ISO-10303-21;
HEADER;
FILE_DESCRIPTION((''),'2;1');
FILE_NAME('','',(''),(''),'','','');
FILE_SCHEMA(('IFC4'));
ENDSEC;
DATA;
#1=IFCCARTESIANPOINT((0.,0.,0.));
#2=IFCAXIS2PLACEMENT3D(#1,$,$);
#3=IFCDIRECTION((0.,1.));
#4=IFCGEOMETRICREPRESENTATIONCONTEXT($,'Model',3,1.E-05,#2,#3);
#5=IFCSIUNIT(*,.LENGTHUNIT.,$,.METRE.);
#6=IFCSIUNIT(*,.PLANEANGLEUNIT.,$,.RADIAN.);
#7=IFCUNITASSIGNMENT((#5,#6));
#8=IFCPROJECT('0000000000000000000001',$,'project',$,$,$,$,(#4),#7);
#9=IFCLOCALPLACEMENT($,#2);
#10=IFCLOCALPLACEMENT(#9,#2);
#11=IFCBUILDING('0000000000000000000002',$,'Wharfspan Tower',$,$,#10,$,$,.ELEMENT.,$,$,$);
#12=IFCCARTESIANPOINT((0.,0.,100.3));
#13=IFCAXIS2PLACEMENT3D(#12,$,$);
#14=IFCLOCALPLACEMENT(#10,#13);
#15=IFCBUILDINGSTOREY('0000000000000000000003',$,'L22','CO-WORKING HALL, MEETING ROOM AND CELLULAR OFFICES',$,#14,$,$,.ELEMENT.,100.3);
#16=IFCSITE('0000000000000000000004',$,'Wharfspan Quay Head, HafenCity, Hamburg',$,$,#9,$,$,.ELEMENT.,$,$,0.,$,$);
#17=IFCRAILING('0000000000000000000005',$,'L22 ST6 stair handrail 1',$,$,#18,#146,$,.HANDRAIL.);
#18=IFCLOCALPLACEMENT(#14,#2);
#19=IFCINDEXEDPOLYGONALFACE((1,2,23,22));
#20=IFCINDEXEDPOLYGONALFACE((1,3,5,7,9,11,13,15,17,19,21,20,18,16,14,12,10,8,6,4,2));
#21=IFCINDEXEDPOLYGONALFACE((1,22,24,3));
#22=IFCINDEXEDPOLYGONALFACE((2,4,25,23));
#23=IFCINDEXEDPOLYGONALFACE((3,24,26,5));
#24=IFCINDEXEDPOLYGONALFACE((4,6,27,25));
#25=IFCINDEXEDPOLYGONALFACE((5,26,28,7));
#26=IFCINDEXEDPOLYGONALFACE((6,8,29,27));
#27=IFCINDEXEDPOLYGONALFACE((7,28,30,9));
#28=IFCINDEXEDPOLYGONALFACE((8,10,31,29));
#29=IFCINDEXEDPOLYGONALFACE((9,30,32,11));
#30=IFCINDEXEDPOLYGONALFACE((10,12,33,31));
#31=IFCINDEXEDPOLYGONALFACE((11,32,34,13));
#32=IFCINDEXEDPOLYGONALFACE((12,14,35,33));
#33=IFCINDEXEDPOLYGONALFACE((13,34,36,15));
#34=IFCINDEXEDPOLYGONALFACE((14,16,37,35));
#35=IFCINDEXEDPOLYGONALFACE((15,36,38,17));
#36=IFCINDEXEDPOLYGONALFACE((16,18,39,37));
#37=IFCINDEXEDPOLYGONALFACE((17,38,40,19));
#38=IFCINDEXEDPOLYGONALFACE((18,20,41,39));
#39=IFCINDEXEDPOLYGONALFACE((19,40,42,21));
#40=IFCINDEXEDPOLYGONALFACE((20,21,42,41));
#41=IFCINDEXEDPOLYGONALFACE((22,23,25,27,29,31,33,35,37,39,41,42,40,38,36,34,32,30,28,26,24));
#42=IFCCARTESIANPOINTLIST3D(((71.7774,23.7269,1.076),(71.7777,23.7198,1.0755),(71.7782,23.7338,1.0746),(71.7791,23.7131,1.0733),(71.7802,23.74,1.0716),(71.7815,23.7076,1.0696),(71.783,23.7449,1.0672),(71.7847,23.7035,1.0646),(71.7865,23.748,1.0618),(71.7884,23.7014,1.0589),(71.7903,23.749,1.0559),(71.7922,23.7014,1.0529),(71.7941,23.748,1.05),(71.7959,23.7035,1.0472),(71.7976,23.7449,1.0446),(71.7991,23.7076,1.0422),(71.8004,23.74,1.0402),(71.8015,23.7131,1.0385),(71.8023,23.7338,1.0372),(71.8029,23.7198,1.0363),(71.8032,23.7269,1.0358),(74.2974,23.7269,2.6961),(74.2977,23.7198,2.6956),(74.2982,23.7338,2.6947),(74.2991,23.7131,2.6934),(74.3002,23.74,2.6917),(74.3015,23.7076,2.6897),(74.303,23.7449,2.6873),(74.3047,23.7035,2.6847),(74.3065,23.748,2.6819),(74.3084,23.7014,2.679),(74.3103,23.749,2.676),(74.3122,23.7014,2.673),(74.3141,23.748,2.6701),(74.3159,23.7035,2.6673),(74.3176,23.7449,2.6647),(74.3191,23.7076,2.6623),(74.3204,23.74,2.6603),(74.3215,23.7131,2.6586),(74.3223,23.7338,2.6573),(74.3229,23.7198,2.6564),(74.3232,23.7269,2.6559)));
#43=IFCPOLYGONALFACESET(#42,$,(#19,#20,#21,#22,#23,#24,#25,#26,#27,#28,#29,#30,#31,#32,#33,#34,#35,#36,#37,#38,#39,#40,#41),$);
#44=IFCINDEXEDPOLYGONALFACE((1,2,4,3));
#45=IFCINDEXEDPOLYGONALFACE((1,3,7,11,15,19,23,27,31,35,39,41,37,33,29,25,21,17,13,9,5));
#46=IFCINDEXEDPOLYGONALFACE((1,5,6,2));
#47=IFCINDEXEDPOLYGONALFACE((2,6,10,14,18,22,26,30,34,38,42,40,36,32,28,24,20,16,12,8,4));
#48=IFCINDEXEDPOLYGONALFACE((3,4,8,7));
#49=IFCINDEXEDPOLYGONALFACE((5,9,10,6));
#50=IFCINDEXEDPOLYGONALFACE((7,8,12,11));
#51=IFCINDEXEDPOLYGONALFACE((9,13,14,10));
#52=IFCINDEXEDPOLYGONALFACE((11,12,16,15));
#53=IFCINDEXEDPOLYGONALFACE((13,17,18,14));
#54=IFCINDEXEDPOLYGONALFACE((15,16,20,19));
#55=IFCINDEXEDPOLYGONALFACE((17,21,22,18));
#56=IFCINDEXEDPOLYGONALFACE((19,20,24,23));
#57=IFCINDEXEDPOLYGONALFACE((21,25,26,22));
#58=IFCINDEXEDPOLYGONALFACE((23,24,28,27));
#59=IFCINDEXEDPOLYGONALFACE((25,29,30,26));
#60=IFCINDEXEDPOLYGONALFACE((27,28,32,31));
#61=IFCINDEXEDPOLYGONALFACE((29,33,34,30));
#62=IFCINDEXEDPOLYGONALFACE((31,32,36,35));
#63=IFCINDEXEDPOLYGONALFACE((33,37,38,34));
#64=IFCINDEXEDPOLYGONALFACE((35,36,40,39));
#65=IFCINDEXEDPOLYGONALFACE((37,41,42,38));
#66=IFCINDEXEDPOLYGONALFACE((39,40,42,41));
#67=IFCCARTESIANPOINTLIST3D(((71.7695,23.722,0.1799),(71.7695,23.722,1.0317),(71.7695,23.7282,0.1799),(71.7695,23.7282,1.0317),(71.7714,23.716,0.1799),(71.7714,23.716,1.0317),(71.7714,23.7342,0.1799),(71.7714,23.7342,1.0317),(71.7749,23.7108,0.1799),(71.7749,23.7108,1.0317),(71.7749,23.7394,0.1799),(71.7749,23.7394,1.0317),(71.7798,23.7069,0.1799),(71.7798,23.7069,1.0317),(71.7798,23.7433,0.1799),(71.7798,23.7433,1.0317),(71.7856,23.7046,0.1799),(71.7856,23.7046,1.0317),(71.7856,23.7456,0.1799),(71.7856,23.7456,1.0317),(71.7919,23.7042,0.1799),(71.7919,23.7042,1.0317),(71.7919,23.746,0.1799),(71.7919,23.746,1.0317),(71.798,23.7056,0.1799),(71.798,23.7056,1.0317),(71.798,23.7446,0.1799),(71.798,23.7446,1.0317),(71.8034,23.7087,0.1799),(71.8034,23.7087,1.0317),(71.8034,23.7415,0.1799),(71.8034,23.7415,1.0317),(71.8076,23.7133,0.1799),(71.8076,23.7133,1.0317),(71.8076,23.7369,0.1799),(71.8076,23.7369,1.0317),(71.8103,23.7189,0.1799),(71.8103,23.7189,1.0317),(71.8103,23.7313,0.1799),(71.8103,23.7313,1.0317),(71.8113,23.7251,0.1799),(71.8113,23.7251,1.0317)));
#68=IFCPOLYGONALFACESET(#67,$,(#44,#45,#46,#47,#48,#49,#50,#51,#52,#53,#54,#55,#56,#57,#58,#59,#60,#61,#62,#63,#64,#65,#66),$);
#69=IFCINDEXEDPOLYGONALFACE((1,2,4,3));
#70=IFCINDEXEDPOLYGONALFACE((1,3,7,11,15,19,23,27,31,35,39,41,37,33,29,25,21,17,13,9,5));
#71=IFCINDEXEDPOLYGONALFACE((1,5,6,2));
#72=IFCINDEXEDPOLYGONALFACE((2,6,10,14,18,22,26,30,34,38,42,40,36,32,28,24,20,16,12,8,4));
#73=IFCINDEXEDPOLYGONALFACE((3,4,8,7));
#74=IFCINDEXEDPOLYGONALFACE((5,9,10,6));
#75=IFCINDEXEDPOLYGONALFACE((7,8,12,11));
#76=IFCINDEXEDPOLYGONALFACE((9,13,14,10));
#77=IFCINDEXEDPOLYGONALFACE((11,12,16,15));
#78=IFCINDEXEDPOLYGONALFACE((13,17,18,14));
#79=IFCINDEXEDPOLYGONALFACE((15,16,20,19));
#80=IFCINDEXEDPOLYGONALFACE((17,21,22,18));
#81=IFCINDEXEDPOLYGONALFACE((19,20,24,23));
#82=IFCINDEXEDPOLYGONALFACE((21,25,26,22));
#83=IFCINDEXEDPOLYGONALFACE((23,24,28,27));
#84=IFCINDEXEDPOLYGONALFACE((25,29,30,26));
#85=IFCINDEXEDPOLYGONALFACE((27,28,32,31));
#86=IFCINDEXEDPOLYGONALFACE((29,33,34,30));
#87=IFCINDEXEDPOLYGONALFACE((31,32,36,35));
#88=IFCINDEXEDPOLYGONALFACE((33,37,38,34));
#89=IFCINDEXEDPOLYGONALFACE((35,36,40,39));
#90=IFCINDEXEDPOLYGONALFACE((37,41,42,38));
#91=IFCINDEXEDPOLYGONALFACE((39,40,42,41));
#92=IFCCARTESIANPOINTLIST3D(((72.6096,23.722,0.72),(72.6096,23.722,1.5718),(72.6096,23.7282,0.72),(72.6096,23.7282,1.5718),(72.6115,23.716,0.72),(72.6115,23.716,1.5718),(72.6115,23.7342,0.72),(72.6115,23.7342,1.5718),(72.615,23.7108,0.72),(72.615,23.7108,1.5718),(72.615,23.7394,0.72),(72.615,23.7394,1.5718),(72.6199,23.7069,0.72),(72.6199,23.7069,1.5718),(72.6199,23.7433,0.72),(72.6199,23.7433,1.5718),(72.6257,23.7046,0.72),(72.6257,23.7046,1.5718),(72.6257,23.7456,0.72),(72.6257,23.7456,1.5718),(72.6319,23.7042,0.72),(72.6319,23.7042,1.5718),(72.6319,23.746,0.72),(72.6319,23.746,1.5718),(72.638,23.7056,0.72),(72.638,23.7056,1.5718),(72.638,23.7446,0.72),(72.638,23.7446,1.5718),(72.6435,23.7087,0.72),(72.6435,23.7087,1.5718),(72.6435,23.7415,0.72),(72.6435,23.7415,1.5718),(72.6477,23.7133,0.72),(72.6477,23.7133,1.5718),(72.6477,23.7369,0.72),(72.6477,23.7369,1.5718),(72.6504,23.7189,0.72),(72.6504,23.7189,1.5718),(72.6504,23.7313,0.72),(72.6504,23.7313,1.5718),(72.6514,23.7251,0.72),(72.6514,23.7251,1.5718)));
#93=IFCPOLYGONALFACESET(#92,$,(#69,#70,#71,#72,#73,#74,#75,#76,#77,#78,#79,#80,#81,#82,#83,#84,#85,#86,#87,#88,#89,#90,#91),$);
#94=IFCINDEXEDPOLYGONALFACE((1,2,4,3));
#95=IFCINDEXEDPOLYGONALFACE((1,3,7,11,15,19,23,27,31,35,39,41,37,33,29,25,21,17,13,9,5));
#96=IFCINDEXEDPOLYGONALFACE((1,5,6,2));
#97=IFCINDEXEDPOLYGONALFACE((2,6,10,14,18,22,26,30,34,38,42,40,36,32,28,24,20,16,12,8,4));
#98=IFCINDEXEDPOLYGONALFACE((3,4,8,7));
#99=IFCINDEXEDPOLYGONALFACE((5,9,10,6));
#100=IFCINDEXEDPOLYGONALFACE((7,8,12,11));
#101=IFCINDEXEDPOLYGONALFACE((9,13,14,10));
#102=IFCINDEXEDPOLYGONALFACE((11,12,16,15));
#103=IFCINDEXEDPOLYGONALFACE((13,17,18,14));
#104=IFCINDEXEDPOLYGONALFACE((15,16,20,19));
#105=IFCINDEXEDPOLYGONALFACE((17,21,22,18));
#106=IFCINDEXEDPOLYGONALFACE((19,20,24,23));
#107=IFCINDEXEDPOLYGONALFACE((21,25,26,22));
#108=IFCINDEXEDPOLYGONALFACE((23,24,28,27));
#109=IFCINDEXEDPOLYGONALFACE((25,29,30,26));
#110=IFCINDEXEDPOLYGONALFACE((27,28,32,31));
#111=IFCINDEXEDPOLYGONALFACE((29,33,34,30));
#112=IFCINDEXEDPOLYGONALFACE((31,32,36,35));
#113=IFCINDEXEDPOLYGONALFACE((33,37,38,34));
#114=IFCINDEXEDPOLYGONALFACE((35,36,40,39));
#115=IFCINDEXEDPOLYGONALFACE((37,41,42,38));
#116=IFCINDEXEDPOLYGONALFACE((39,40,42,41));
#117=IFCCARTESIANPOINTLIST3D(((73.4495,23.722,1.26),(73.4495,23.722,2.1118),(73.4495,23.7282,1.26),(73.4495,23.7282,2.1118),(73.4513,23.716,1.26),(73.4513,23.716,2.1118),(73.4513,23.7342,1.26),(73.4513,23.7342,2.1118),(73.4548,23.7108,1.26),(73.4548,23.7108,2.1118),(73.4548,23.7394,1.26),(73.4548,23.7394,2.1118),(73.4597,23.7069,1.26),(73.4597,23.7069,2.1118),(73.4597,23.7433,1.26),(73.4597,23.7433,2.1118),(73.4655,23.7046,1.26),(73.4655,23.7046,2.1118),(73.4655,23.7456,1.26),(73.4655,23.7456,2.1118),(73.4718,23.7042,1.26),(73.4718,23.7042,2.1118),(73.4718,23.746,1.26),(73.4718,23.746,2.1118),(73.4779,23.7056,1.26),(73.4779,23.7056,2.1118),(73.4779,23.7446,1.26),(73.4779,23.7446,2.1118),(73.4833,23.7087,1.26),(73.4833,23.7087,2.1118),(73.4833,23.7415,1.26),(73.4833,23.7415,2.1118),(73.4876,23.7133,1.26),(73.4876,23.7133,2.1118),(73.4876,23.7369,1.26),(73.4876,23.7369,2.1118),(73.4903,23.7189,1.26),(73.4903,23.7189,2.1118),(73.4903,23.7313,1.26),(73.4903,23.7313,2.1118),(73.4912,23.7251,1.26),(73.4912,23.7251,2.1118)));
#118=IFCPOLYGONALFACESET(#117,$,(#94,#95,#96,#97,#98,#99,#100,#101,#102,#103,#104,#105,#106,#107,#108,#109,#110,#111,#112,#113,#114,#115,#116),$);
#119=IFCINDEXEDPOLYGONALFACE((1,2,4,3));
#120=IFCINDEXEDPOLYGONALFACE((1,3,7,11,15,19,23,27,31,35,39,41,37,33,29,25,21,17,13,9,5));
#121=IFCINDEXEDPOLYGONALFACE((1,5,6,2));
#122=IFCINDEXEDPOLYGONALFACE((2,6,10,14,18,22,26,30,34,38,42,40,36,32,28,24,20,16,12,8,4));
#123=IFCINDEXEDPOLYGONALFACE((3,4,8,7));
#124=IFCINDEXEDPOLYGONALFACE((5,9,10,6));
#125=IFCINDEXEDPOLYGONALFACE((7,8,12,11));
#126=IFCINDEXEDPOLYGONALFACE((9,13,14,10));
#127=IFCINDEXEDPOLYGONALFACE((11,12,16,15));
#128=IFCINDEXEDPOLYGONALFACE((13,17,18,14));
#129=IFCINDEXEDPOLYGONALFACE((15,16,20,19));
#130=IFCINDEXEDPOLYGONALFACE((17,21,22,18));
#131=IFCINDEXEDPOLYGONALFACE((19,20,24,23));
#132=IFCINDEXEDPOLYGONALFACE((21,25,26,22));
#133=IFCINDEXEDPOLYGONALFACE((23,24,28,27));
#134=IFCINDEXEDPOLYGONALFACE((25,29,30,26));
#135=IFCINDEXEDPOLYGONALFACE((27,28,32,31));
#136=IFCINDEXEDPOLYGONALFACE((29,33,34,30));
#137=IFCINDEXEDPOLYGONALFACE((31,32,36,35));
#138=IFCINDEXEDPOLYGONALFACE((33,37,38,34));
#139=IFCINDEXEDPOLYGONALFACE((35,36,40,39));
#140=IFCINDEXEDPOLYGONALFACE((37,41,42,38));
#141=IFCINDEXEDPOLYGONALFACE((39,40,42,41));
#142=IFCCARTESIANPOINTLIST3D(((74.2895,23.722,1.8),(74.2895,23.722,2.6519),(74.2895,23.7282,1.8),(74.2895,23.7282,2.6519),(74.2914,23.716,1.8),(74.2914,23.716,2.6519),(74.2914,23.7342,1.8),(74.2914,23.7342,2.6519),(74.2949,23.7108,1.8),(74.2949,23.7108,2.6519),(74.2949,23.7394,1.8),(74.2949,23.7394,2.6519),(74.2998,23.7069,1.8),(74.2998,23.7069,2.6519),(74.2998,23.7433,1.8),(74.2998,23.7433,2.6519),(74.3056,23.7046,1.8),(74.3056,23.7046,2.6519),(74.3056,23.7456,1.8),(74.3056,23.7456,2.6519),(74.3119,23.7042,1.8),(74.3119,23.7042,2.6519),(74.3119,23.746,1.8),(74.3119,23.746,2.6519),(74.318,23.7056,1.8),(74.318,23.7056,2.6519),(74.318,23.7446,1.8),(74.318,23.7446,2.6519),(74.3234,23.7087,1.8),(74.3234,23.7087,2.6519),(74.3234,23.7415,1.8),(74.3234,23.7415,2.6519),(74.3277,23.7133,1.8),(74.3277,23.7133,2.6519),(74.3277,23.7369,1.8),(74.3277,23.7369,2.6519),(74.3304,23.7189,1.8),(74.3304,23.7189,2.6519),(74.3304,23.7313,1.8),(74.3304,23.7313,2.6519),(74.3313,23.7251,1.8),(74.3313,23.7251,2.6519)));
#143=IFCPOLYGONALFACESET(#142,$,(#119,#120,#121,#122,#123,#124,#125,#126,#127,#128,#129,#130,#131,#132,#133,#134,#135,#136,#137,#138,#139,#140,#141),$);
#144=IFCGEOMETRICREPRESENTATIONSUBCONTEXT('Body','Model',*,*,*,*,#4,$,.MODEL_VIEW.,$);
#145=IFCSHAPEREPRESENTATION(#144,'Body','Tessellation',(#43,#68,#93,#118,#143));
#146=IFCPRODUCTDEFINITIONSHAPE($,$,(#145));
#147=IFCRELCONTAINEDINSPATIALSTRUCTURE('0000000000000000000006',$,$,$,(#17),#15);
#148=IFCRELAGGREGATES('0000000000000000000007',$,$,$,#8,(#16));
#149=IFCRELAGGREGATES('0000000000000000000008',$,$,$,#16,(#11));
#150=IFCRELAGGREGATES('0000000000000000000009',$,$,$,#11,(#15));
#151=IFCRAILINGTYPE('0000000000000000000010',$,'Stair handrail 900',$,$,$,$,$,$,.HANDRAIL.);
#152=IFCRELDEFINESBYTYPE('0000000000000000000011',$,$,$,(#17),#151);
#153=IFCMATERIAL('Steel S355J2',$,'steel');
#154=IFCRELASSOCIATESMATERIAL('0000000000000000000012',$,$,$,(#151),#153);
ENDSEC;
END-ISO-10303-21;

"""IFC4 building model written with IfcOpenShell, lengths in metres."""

from ifc_helpers import new_model, si_unit, direction, frame, origin, origin_2d, place, context, subcontext, project, spatial, circle, extrude, material, type_object, element, save


model = new_model("IFC4")

# Units and contexts
model_context = context("Model", 3, precision=1e-05, world=origin(), true_north=direction((0.0, 1.0)))
body_context = subcontext(model_context, "Body", "Model", "MODEL_VIEW")
ifc_project = project(units=[si_unit("LENGTHUNIT", "METRE"), si_unit("PLANEANGLEUNIT", "RADIAN")], contexts=[model_context])

# Site, building, storey
site_placement = place(None, origin())
site = spatial("IfcSite", under=ifc_project, at=site_placement, Name="Wharfspan Quay Head, HafenCity, Hamburg", CompositionType="ELEMENT", RefElevation=0.0)
building_placement = place(site_placement, origin())
building = spatial("IfcBuilding", under=site, at=building_placement, Name="Wharfspan Tower", CompositionType="ELEMENT")
storey_placement = place(building_placement, frame((0.0, 0.0, 100.3)))
storey = spatial("IfcBuildingStorey", under=building, at=storey_placement, Name="L22", Description="CO-WORKING HALL, MEETING ROOM AND CELLULAR OFFICES", CompositionType="ELEMENT", Elevation=100.3)

# Shared definitions
ifc_material_1 = material(Name="Steel S355J2", Category="steel")

# Railing
railing_type_1 = type_object("IfcRailingType", Name="Stair handrail 900", PredefinedType="HANDRAIL", material=ifc_material_1)
railing_1_placement = place(storey_placement, frame((71.7903, 23.7251, 0.1799)))
element("IfcRailing", 1, at=railing_1_placement, inside=storey, type_object=railing_type_1, Name="L22 ST6 stair handrail 1", PredefinedType="HANDRAIL", context=body_context, shape_type="SweptSolid", body=[
    extrude(circle(Radius=0.0239, at=origin_2d()), frame((0.0, 0.0, 0.876), z_axis=(0.841163, 0.0, 0.540782), x_axis=(0.0, 1.0, 0.0)), (0.0, 0.0, 1.0), 2.9958),
    extrude(circle(Radius=0.021, at=origin_2d()), origin(), (0.0, 0.0, 1.0), 0.8518),
    extrude(circle(Radius=0.021, at=origin_2d()), frame((0.8401, 0.0, 0.54)), (0.0, 0.0, 1.0), 0.8518),
    extrude(circle(Radius=0.021, at=origin_2d()), frame((1.6799, 0.0, 1.0801)), (0.0, 0.0, 1.0), 0.8518),
    extrude(circle(Radius=0.021, at=origin_2d()), frame((2.52, 0.0, 1.6201)), (0.0, 0.0, 1.0), 0.8518),
])

save(model, "model.ifc")
